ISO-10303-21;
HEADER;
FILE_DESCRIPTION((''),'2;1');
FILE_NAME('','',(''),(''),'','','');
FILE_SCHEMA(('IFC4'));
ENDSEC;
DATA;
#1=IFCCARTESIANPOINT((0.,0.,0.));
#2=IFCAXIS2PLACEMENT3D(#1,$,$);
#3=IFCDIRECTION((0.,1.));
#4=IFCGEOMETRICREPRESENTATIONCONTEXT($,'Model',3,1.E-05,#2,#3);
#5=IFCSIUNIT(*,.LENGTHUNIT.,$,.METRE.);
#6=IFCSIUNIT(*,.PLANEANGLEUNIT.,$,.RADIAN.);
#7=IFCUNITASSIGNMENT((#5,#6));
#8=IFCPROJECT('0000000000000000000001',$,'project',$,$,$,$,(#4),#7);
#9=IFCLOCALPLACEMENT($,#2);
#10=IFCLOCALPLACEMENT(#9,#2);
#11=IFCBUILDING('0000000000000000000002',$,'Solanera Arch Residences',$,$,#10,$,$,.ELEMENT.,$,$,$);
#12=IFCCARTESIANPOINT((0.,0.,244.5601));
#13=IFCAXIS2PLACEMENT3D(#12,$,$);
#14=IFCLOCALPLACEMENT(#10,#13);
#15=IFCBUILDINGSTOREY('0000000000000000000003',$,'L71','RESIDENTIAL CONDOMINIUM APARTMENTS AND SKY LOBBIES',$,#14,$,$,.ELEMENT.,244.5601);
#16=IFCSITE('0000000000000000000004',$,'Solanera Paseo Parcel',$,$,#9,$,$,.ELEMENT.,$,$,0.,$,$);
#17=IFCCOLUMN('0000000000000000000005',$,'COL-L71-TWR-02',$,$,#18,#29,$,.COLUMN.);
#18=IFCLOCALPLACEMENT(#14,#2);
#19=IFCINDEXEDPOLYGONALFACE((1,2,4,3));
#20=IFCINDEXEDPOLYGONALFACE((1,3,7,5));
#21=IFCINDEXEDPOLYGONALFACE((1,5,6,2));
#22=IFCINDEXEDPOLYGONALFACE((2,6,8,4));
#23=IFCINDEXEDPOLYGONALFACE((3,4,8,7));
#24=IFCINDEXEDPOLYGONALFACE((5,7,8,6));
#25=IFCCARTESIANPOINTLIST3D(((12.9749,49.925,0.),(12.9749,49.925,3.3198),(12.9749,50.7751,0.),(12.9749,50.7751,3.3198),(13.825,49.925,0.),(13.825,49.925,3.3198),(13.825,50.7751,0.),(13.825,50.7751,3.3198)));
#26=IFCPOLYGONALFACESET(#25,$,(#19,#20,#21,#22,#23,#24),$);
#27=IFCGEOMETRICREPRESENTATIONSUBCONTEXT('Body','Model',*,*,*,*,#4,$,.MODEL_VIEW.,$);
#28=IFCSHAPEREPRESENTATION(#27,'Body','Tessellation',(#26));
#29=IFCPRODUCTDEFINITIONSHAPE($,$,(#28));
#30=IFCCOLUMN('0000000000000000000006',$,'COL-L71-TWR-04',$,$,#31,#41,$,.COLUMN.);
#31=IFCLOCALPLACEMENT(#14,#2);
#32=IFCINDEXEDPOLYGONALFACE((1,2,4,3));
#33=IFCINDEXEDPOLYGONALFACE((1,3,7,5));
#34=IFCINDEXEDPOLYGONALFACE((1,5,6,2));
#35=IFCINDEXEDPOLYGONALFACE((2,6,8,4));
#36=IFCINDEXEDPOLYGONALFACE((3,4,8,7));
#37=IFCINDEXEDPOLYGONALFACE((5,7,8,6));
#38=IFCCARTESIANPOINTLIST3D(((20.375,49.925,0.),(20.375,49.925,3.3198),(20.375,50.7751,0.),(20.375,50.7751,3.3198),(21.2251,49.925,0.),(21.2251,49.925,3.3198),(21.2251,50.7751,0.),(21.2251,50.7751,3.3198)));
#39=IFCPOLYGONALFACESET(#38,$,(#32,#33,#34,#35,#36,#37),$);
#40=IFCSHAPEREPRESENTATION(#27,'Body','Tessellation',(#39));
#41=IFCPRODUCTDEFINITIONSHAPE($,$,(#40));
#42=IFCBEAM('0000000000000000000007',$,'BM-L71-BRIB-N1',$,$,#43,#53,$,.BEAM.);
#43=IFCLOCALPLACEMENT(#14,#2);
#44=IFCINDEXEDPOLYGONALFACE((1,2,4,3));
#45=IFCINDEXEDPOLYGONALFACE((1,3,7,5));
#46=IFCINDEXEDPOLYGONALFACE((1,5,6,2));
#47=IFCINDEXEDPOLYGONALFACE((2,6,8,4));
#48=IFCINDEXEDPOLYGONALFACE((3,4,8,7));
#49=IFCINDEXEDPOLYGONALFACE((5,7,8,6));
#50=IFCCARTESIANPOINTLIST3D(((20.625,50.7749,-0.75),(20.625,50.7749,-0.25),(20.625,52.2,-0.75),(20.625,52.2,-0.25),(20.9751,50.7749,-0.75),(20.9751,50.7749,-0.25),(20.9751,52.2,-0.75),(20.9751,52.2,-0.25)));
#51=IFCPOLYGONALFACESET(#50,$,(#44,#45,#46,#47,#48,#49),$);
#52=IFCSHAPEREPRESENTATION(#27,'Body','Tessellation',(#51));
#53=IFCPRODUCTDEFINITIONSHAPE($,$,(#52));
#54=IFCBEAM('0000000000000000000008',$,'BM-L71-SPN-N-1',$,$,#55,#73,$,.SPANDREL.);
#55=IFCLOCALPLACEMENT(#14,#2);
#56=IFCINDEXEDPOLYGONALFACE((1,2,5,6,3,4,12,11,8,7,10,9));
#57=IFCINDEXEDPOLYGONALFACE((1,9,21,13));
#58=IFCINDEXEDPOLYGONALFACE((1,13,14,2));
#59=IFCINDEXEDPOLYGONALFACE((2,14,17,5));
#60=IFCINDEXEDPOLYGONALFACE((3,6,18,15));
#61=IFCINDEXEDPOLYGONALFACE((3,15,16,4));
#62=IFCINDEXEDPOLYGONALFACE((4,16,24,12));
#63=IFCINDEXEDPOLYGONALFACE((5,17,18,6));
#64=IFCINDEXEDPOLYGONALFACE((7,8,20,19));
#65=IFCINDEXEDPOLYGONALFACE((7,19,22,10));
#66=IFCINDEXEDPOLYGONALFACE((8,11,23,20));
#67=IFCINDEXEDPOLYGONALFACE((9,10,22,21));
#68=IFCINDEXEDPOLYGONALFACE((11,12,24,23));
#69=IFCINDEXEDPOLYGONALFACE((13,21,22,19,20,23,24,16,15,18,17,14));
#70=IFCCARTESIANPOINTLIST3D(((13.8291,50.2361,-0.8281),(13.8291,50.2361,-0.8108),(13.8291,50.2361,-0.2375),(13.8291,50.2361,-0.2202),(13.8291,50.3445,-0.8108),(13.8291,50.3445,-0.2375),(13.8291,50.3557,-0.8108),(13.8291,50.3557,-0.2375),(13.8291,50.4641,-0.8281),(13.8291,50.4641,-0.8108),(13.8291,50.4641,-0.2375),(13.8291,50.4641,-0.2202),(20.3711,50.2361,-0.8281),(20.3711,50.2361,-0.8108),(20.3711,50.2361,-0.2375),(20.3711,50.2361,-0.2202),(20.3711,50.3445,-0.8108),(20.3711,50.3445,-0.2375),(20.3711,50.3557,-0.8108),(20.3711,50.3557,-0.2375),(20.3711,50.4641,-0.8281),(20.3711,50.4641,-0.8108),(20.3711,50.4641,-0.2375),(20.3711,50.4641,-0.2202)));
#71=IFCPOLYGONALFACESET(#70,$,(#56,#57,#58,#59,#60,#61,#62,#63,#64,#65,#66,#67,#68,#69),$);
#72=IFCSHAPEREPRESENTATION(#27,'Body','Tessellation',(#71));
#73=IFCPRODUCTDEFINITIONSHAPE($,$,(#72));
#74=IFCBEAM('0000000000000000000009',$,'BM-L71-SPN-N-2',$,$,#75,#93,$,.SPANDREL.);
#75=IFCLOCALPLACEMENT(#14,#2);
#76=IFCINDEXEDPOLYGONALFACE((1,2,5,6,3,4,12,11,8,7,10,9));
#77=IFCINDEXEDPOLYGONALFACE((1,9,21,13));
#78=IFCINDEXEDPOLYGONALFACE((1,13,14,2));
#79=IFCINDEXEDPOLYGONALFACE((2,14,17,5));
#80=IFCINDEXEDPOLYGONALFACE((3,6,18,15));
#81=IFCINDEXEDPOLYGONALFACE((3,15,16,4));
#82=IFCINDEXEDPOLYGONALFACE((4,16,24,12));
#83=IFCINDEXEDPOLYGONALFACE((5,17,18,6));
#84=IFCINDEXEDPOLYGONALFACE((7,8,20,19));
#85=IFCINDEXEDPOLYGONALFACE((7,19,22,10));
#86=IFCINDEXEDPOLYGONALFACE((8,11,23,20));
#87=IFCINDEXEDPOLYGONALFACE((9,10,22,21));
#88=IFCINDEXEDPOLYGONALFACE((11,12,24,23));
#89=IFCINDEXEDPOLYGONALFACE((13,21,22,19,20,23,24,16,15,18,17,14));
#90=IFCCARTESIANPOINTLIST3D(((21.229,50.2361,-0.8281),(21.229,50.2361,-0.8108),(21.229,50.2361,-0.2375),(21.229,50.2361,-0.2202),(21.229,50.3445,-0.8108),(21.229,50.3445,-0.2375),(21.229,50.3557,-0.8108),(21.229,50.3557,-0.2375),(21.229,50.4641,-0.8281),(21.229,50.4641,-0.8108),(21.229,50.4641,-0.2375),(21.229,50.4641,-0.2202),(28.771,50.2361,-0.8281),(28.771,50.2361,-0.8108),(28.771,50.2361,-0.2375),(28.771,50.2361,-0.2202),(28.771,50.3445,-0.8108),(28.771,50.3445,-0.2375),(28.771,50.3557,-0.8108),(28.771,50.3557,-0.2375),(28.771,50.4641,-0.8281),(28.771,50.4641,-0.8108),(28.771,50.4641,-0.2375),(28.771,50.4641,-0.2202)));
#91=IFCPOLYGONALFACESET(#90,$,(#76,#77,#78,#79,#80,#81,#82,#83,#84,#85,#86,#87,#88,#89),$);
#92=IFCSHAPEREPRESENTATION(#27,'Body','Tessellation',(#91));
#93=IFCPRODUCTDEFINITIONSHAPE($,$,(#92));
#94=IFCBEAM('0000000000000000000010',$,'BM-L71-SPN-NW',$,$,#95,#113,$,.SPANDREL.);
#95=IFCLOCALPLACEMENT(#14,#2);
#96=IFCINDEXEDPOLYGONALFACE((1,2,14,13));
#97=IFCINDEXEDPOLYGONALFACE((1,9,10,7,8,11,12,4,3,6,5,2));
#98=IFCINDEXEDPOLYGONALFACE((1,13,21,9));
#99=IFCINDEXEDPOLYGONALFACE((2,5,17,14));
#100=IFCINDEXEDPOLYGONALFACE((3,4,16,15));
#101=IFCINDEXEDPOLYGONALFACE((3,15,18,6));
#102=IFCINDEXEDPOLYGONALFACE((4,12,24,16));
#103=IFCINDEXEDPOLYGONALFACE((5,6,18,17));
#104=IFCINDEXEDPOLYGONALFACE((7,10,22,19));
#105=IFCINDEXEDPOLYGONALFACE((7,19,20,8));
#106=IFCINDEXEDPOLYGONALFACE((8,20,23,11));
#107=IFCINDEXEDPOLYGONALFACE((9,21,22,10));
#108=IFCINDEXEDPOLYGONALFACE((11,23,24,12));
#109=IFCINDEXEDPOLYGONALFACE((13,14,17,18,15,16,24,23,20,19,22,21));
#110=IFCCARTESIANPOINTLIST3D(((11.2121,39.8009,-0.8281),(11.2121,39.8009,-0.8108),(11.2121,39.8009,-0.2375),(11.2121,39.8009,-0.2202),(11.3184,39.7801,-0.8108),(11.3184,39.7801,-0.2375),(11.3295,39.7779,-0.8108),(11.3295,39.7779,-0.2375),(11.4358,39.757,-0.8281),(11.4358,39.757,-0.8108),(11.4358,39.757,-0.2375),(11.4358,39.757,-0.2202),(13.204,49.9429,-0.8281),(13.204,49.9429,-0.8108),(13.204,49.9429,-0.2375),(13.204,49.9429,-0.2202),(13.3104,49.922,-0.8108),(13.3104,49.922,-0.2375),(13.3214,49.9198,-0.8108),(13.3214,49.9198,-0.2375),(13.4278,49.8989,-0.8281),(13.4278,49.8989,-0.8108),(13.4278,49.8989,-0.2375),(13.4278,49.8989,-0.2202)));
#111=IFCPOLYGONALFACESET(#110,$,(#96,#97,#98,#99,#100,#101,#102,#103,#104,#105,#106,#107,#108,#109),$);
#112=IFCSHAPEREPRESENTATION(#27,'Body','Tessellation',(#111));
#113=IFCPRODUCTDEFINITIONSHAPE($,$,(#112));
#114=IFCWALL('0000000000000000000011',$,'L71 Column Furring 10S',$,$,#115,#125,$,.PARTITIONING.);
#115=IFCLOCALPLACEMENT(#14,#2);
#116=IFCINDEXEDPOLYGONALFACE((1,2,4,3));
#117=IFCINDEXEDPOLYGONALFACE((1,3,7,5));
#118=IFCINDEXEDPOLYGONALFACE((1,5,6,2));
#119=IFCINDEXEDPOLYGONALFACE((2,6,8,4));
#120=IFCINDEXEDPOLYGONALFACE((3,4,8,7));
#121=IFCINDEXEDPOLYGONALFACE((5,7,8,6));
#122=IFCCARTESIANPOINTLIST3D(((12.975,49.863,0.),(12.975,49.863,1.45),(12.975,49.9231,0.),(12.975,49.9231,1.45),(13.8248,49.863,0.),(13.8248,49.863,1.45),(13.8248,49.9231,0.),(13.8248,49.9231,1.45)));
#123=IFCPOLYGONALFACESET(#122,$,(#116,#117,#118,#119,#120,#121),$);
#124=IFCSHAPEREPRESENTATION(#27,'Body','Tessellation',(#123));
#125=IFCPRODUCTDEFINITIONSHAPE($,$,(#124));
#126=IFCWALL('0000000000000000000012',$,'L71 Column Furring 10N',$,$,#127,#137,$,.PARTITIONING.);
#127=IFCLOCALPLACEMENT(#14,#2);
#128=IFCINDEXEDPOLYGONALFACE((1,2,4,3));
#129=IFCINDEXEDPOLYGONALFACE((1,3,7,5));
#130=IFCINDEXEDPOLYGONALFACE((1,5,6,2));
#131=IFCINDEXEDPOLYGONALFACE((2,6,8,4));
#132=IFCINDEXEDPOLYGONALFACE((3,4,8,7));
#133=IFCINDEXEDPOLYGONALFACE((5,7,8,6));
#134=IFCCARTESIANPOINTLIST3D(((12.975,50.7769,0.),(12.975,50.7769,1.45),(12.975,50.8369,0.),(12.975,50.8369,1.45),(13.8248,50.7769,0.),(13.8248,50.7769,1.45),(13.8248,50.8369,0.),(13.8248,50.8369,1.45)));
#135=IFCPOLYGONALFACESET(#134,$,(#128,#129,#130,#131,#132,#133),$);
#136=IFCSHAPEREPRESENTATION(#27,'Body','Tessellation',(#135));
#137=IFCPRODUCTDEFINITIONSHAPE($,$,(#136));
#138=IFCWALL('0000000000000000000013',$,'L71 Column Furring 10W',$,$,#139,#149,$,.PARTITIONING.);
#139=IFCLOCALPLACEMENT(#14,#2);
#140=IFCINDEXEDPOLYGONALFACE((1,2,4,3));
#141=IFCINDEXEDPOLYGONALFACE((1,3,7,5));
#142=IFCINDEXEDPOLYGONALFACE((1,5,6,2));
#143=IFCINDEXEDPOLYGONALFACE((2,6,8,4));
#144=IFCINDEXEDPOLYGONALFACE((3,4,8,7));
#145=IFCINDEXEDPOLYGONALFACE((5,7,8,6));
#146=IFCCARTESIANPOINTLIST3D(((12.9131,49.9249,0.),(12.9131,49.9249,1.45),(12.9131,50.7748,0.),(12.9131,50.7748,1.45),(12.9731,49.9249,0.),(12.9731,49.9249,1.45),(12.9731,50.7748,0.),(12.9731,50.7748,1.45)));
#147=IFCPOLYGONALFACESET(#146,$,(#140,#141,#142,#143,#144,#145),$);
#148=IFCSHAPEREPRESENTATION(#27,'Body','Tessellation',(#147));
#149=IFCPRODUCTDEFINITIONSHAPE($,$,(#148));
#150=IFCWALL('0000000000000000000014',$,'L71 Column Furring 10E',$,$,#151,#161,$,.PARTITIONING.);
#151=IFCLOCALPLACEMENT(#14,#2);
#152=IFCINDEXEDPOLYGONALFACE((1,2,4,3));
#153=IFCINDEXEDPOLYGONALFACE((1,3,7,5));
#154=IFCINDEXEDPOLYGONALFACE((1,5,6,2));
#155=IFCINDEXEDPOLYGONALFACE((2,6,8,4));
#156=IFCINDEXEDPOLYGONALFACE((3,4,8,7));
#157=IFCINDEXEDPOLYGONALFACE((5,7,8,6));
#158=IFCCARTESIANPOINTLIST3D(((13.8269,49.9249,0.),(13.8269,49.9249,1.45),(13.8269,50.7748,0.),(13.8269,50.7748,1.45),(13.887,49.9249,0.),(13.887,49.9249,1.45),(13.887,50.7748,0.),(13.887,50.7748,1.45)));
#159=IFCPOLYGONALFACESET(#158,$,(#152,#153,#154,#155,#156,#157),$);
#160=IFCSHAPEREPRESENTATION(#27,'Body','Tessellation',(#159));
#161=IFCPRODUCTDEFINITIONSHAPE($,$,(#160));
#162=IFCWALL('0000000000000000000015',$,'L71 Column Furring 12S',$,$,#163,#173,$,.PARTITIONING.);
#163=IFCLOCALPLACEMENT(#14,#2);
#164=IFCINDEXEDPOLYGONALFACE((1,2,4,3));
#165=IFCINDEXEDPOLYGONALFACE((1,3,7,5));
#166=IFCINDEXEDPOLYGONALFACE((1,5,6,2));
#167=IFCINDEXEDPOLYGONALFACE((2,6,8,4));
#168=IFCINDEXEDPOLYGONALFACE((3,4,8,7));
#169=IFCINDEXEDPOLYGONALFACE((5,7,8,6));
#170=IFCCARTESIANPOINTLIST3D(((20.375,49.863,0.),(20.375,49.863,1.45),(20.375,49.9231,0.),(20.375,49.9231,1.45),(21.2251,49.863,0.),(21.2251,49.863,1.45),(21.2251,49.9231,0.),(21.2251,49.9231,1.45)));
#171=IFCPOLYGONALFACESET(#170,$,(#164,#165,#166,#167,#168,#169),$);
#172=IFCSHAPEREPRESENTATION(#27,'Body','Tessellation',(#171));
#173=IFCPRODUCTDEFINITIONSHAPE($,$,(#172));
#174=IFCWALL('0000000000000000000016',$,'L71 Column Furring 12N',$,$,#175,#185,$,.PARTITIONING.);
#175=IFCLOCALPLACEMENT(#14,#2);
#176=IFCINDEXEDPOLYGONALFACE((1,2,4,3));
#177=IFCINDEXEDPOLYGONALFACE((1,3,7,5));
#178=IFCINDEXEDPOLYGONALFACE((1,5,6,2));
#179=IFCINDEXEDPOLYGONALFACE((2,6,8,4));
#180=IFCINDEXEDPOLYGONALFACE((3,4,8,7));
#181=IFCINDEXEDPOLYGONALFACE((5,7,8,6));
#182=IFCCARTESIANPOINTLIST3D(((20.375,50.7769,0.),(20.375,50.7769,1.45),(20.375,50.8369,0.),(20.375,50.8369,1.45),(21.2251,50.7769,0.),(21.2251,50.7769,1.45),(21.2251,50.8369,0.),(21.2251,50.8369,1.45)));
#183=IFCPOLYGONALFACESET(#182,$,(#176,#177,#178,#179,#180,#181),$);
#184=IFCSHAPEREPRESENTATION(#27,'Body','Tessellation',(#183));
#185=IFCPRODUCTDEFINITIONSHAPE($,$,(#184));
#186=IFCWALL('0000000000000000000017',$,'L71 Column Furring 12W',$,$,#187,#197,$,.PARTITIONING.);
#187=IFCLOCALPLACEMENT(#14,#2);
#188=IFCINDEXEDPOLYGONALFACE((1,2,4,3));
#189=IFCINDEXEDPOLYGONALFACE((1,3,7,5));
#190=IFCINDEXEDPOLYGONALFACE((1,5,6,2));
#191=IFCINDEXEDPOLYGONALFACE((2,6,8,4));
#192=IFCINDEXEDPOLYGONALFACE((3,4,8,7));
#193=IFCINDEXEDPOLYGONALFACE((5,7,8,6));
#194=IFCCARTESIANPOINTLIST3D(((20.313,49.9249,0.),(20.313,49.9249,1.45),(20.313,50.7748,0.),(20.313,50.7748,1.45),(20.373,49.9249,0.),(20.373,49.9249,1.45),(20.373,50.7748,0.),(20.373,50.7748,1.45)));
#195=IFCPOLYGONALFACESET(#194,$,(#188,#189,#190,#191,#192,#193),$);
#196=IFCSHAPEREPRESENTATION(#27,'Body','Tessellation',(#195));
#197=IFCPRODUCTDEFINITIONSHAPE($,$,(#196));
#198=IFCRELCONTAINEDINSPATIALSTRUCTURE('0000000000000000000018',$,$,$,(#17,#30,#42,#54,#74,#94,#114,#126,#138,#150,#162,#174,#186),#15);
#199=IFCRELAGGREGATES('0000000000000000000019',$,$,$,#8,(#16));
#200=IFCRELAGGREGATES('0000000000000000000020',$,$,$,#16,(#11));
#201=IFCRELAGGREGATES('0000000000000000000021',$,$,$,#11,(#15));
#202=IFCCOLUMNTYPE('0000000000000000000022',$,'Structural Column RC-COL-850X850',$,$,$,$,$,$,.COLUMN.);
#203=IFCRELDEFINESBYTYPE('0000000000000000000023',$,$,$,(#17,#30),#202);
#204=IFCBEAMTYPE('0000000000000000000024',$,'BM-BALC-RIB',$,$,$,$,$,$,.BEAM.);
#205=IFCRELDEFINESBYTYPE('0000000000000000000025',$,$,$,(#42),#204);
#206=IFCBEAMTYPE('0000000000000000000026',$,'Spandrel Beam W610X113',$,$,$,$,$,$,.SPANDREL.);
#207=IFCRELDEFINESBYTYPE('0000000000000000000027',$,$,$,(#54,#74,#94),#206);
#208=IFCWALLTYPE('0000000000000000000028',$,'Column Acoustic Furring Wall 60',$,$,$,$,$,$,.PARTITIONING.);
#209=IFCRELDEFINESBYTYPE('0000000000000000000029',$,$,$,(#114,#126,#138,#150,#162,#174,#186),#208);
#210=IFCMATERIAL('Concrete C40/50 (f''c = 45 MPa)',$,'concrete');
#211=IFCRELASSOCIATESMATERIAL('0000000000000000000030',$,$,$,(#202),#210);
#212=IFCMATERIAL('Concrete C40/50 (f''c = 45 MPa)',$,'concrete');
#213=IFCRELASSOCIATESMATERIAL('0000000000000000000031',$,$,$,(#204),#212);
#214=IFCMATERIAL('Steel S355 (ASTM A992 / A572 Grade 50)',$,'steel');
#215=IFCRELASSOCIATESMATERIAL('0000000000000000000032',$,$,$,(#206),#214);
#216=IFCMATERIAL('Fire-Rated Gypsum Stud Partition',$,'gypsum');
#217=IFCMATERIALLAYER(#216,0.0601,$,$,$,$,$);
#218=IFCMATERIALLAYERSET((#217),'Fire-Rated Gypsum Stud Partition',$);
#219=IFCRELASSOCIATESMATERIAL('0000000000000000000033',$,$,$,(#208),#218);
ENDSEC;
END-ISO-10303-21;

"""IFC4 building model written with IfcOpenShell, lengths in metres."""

from ifc_helpers import new_model, si_unit, direction, frame, frame_2d, origin, origin_2d, place, context, subcontext, project, spatial, rectangle, i_section, extrude, material, layer, layer_set, material_profile, profile_set, type_object, element, save


model = new_model("IFC4")

# Units and contexts
model_context = context("Model", 3, precision=1e-05, world=origin(), true_north=direction((0.0, 1.0)))
body_context = subcontext(model_context, "Body", "Model", "MODEL_VIEW")
ifc_project = project(units=[si_unit("LENGTHUNIT", "METRE"), si_unit("PLANEANGLEUNIT", "RADIAN")], contexts=[model_context])

# Site, building, storey
site_placement = place(None, origin())
site = spatial("IfcSite", under=ifc_project, at=site_placement, Name="Solanera Paseo Parcel", CompositionType="ELEMENT", RefElevation=0.0)
building_placement = place(site_placement, origin())
building = spatial("IfcBuilding", under=site, at=building_placement, Name="Solanera Arch Residences", CompositionType="ELEMENT")
storey_placement = place(building_placement, frame((0.0, 0.0, 244.5601)))
storey = spatial("IfcBuildingStorey", under=building, at=storey_placement, Name="L71", Description="RESIDENTIAL CONDOMINIUM APARTMENTS AND SKY LOBBIES", CompositionType="ELEMENT", Elevation=244.5601)

# Columns
ifc_material_1 = material(Name="Concrete C40/50 (f'c = 45 MPa)", Category="concrete")
ifc_material_profile_1 = material_profile(ifc_material_1, rectangle(XDim=0.8501, YDim=0.8501, at=origin_2d()))
ifc_profile_set_1 = profile_set([ifc_material_profile_1], Name="Concrete C40/50 (f'c = 45 MPa)")
column_type = type_object("IfcColumnType", Name="Structural Column RC-COL-850X850", PredefinedType="COLUMN", material=ifc_profile_set_1)
for number, where, z_axis, x_axis, name in (
    (1, (13.3999, 50.3501, 0.0), (0.0, 0.0, 1.0), (1.0, 0.0, 0.0), "COL-L71-TWR-02"),
    (2, (20.8, 50.3501, 0.0), (0.0, 0.0, 1.0), (1.0, 0.0, 0.0), "COL-L71-TWR-04"),
):
    element("IfcColumn", number, at=place(storey_placement, frame(where, z_axis=z_axis, x_axis=x_axis)), inside=storey, type_object=column_type, Name=name, PredefinedType="COLUMN", context=body_context, shape_type="SweptSolid", body=[
        extrude(rectangle(XDim=0.8501, YDim=0.8501, at=origin_2d()), origin(), (0.0, 0.0, 1.0), 3.3198),
    ])

# Beams
ifc_material_2 = material(Name="Concrete C40/50 (f'c = 45 MPa)", Category="concrete")
ifc_material_profile_2 = material_profile(ifc_material_2, rectangle(XDim=0.3501, YDim=0.5, at=origin_2d()))
ifc_profile_set_2 = profile_set([ifc_material_profile_2], Name="Concrete C40/50 (f'c = 45 MPa)")
beam_type_1 = type_object("IfcBeamType", Name="BM-BALC-RIB", PredefinedType="BEAM", material=ifc_profile_set_2)
beam_1_placement = place(storey_placement, frame((20.8, 50.7749, -0.5), z_axis=(0.0, 1.0, 0.0), x_axis=(-1.0, 0.0, 0.0)))
element("IfcBeam", 3, at=beam_1_placement, inside=storey, type_object=beam_type_1, Name="BM-L71-BRIB-N1", PredefinedType="BEAM", context=body_context, shape_type="SweptSolid", body=[
    extrude(rectangle(XDim=0.3501, YDim=0.5, at=origin_2d()), origin(), (0.0, 0.0, 1.0), 1.425),
])
ifc_material_3 = material(Name="Steel S355 (ASTM A992 / A572 Grade 50)", Category="steel")
ifc_material_profile_3 = material_profile(ifc_material_3, i_section(OverallWidth=0.228, OverallDepth=0.6079, WebThickness=0.0112, FlangeThickness=0.0173, at=origin_2d()))
ifc_profile_set_3 = profile_set([ifc_material_profile_3], Name="Steel S355 (ASTM A992 / A572 Grade 50)")
beam_type_2 = type_object("IfcBeamType", Name="Spandrel Beam W610X113", PredefinedType="SPANDREL", material=ifc_profile_set_3)
beam_2_placement = place(storey_placement, frame((13.8291, 50.3501, -0.5242), z_axis=(1.0, 0.0, 0.0), x_axis=(0.0, 1.0, 0.0)))
element("IfcBeam", 4, at=beam_2_placement, inside=storey, type_object=beam_type_2, Name="BM-L71-SPN-N-1", PredefinedType="SPANDREL", context=body_context, shape_type="SweptSolid", body=[
    extrude(i_section(OverallWidth=0.228, OverallDepth=0.6079, WebThickness=0.0112, FlangeThickness=0.0173, at=origin_2d()), origin(), (0.0, 0.0, 1.0), 6.542),
])
beam_3_placement = place(storey_placement, frame((21.229, 50.3501, -0.5242), z_axis=(1.0, 0.0, 0.0), x_axis=(0.0, 1.0, 0.0)))
element("IfcBeam", 5, at=beam_3_placement, inside=storey, type_object=beam_type_2, Name="BM-L71-SPN-N-2", PredefinedType="SPANDREL", context=body_context, shape_type="SweptSolid", body=[
    extrude(i_section(OverallWidth=0.228, OverallDepth=0.6079, WebThickness=0.0112, FlangeThickness=0.0173, at=origin_2d()), origin(), (0.0, 0.0, 1.0), 7.542),
])
beam_4_placement = place(storey_placement, frame((13.3159, 49.9209, -0.5242), z_axis=(-0.192726, -0.981253, 0.0), x_axis=(0.981253, -0.192726, 0.0)))
element("IfcBeam", 6, at=beam_4_placement, inside=storey, type_object=beam_type_2, Name="BM-L71-SPN-NW", PredefinedType="SPANDREL", context=body_context, shape_type="SweptSolid", body=[
    extrude(i_section(OverallWidth=0.228, OverallDepth=0.6079, WebThickness=0.0112, FlangeThickness=0.0173, at=origin_2d()), origin(), (0.0, 0.0, 1.0), 10.3357),
])

# Walls
ifc_material_4 = material(Name="Fire-Rated Gypsum Stud Partition", Category="gypsum")
ifc_layer_1 = layer(ifc_material_4, 0.0601)
ifc_layer_set_1 = layer_set([ifc_layer_1], Name="Fire-Rated Gypsum Stud Partition")
wall_type_1 = type_object("IfcWallType", Name="Column Acoustic Furring Wall 60", PredefinedType="PARTITIONING", material=ifc_layer_set_1)
for number, where, z_axis, x_axis, name in (
    (7, (12.9751, 49.8931, 0.0), (0.0, 0.0, 1.0), (1.0, 0.0, 0.0), "L71 Column Furring 10S"),
    (8, (12.9751, 50.8069, 0.0), (0.0, 0.0, 1.0), (1.0, 0.0, 0.0), "L71 Column Furring 10N"),
    (9, (12.9431, 49.925, 0.0), (0.0, 0.0, 1.0), (0.0, 1.0, 0.0), "L71 Column Furring 10W"),
    (10, (13.8569, 49.925, 0.0), (0.0, 0.0, 1.0), (0.0, 1.0, 0.0), "L71 Column Furring 10E"),
):
    element("IfcWall", number, at=place(storey_placement, frame(where, z_axis=z_axis, x_axis=x_axis)), inside=storey, type_object=wall_type_1, Name=name, PredefinedType="PARTITIONING", context=body_context, shape_type="SweptSolid", body=[
        extrude(rectangle(XDim=0.8499, YDim=0.0601, at=frame_2d((0.4248, 0.0))), origin(), (0.0, 0.0, 1.0), 1.45),
    ])
for number, where, z_axis, x_axis, name in (
    (11, (20.375, 49.8931, 0.0), (0.0, 0.0, 1.0), (1.0, 0.0, 0.0), "L71 Column Furring 12S"),
    (12, (20.375, 50.8069, 0.0), (0.0, 0.0, 1.0), (1.0, 0.0, 0.0), "L71 Column Furring 12N"),
):
    element("IfcWall", number, at=place(storey_placement, frame(where, z_axis=z_axis, x_axis=x_axis)), inside=storey, type_object=wall_type_1, Name=name, PredefinedType="PARTITIONING", context=body_context, shape_type="SweptSolid", body=[
        extrude(rectangle(XDim=0.8501, YDim=0.0601, at=frame_2d((0.425, 0.0))), origin(), (0.0, 0.0, 1.0), 1.45),
    ])
wall_1_placement = place(storey_placement, frame((20.343, 49.925, 0.0), z_axis=(0.0, 0.0, 1.0), x_axis=(0.0, 1.0, 0.0)))
element("IfcWall", 13, at=wall_1_placement, inside=storey, type_object=wall_type_1, Name="L71 Column Furring 12W", PredefinedType="PARTITIONING", context=body_context, shape_type="SweptSolid", body=[
    extrude(rectangle(XDim=0.8499, YDim=0.0601, at=frame_2d((0.4248, 0.0))), origin(), (0.0, 0.0, 1.0), 1.45),
])

save(model, "model.ifc")
